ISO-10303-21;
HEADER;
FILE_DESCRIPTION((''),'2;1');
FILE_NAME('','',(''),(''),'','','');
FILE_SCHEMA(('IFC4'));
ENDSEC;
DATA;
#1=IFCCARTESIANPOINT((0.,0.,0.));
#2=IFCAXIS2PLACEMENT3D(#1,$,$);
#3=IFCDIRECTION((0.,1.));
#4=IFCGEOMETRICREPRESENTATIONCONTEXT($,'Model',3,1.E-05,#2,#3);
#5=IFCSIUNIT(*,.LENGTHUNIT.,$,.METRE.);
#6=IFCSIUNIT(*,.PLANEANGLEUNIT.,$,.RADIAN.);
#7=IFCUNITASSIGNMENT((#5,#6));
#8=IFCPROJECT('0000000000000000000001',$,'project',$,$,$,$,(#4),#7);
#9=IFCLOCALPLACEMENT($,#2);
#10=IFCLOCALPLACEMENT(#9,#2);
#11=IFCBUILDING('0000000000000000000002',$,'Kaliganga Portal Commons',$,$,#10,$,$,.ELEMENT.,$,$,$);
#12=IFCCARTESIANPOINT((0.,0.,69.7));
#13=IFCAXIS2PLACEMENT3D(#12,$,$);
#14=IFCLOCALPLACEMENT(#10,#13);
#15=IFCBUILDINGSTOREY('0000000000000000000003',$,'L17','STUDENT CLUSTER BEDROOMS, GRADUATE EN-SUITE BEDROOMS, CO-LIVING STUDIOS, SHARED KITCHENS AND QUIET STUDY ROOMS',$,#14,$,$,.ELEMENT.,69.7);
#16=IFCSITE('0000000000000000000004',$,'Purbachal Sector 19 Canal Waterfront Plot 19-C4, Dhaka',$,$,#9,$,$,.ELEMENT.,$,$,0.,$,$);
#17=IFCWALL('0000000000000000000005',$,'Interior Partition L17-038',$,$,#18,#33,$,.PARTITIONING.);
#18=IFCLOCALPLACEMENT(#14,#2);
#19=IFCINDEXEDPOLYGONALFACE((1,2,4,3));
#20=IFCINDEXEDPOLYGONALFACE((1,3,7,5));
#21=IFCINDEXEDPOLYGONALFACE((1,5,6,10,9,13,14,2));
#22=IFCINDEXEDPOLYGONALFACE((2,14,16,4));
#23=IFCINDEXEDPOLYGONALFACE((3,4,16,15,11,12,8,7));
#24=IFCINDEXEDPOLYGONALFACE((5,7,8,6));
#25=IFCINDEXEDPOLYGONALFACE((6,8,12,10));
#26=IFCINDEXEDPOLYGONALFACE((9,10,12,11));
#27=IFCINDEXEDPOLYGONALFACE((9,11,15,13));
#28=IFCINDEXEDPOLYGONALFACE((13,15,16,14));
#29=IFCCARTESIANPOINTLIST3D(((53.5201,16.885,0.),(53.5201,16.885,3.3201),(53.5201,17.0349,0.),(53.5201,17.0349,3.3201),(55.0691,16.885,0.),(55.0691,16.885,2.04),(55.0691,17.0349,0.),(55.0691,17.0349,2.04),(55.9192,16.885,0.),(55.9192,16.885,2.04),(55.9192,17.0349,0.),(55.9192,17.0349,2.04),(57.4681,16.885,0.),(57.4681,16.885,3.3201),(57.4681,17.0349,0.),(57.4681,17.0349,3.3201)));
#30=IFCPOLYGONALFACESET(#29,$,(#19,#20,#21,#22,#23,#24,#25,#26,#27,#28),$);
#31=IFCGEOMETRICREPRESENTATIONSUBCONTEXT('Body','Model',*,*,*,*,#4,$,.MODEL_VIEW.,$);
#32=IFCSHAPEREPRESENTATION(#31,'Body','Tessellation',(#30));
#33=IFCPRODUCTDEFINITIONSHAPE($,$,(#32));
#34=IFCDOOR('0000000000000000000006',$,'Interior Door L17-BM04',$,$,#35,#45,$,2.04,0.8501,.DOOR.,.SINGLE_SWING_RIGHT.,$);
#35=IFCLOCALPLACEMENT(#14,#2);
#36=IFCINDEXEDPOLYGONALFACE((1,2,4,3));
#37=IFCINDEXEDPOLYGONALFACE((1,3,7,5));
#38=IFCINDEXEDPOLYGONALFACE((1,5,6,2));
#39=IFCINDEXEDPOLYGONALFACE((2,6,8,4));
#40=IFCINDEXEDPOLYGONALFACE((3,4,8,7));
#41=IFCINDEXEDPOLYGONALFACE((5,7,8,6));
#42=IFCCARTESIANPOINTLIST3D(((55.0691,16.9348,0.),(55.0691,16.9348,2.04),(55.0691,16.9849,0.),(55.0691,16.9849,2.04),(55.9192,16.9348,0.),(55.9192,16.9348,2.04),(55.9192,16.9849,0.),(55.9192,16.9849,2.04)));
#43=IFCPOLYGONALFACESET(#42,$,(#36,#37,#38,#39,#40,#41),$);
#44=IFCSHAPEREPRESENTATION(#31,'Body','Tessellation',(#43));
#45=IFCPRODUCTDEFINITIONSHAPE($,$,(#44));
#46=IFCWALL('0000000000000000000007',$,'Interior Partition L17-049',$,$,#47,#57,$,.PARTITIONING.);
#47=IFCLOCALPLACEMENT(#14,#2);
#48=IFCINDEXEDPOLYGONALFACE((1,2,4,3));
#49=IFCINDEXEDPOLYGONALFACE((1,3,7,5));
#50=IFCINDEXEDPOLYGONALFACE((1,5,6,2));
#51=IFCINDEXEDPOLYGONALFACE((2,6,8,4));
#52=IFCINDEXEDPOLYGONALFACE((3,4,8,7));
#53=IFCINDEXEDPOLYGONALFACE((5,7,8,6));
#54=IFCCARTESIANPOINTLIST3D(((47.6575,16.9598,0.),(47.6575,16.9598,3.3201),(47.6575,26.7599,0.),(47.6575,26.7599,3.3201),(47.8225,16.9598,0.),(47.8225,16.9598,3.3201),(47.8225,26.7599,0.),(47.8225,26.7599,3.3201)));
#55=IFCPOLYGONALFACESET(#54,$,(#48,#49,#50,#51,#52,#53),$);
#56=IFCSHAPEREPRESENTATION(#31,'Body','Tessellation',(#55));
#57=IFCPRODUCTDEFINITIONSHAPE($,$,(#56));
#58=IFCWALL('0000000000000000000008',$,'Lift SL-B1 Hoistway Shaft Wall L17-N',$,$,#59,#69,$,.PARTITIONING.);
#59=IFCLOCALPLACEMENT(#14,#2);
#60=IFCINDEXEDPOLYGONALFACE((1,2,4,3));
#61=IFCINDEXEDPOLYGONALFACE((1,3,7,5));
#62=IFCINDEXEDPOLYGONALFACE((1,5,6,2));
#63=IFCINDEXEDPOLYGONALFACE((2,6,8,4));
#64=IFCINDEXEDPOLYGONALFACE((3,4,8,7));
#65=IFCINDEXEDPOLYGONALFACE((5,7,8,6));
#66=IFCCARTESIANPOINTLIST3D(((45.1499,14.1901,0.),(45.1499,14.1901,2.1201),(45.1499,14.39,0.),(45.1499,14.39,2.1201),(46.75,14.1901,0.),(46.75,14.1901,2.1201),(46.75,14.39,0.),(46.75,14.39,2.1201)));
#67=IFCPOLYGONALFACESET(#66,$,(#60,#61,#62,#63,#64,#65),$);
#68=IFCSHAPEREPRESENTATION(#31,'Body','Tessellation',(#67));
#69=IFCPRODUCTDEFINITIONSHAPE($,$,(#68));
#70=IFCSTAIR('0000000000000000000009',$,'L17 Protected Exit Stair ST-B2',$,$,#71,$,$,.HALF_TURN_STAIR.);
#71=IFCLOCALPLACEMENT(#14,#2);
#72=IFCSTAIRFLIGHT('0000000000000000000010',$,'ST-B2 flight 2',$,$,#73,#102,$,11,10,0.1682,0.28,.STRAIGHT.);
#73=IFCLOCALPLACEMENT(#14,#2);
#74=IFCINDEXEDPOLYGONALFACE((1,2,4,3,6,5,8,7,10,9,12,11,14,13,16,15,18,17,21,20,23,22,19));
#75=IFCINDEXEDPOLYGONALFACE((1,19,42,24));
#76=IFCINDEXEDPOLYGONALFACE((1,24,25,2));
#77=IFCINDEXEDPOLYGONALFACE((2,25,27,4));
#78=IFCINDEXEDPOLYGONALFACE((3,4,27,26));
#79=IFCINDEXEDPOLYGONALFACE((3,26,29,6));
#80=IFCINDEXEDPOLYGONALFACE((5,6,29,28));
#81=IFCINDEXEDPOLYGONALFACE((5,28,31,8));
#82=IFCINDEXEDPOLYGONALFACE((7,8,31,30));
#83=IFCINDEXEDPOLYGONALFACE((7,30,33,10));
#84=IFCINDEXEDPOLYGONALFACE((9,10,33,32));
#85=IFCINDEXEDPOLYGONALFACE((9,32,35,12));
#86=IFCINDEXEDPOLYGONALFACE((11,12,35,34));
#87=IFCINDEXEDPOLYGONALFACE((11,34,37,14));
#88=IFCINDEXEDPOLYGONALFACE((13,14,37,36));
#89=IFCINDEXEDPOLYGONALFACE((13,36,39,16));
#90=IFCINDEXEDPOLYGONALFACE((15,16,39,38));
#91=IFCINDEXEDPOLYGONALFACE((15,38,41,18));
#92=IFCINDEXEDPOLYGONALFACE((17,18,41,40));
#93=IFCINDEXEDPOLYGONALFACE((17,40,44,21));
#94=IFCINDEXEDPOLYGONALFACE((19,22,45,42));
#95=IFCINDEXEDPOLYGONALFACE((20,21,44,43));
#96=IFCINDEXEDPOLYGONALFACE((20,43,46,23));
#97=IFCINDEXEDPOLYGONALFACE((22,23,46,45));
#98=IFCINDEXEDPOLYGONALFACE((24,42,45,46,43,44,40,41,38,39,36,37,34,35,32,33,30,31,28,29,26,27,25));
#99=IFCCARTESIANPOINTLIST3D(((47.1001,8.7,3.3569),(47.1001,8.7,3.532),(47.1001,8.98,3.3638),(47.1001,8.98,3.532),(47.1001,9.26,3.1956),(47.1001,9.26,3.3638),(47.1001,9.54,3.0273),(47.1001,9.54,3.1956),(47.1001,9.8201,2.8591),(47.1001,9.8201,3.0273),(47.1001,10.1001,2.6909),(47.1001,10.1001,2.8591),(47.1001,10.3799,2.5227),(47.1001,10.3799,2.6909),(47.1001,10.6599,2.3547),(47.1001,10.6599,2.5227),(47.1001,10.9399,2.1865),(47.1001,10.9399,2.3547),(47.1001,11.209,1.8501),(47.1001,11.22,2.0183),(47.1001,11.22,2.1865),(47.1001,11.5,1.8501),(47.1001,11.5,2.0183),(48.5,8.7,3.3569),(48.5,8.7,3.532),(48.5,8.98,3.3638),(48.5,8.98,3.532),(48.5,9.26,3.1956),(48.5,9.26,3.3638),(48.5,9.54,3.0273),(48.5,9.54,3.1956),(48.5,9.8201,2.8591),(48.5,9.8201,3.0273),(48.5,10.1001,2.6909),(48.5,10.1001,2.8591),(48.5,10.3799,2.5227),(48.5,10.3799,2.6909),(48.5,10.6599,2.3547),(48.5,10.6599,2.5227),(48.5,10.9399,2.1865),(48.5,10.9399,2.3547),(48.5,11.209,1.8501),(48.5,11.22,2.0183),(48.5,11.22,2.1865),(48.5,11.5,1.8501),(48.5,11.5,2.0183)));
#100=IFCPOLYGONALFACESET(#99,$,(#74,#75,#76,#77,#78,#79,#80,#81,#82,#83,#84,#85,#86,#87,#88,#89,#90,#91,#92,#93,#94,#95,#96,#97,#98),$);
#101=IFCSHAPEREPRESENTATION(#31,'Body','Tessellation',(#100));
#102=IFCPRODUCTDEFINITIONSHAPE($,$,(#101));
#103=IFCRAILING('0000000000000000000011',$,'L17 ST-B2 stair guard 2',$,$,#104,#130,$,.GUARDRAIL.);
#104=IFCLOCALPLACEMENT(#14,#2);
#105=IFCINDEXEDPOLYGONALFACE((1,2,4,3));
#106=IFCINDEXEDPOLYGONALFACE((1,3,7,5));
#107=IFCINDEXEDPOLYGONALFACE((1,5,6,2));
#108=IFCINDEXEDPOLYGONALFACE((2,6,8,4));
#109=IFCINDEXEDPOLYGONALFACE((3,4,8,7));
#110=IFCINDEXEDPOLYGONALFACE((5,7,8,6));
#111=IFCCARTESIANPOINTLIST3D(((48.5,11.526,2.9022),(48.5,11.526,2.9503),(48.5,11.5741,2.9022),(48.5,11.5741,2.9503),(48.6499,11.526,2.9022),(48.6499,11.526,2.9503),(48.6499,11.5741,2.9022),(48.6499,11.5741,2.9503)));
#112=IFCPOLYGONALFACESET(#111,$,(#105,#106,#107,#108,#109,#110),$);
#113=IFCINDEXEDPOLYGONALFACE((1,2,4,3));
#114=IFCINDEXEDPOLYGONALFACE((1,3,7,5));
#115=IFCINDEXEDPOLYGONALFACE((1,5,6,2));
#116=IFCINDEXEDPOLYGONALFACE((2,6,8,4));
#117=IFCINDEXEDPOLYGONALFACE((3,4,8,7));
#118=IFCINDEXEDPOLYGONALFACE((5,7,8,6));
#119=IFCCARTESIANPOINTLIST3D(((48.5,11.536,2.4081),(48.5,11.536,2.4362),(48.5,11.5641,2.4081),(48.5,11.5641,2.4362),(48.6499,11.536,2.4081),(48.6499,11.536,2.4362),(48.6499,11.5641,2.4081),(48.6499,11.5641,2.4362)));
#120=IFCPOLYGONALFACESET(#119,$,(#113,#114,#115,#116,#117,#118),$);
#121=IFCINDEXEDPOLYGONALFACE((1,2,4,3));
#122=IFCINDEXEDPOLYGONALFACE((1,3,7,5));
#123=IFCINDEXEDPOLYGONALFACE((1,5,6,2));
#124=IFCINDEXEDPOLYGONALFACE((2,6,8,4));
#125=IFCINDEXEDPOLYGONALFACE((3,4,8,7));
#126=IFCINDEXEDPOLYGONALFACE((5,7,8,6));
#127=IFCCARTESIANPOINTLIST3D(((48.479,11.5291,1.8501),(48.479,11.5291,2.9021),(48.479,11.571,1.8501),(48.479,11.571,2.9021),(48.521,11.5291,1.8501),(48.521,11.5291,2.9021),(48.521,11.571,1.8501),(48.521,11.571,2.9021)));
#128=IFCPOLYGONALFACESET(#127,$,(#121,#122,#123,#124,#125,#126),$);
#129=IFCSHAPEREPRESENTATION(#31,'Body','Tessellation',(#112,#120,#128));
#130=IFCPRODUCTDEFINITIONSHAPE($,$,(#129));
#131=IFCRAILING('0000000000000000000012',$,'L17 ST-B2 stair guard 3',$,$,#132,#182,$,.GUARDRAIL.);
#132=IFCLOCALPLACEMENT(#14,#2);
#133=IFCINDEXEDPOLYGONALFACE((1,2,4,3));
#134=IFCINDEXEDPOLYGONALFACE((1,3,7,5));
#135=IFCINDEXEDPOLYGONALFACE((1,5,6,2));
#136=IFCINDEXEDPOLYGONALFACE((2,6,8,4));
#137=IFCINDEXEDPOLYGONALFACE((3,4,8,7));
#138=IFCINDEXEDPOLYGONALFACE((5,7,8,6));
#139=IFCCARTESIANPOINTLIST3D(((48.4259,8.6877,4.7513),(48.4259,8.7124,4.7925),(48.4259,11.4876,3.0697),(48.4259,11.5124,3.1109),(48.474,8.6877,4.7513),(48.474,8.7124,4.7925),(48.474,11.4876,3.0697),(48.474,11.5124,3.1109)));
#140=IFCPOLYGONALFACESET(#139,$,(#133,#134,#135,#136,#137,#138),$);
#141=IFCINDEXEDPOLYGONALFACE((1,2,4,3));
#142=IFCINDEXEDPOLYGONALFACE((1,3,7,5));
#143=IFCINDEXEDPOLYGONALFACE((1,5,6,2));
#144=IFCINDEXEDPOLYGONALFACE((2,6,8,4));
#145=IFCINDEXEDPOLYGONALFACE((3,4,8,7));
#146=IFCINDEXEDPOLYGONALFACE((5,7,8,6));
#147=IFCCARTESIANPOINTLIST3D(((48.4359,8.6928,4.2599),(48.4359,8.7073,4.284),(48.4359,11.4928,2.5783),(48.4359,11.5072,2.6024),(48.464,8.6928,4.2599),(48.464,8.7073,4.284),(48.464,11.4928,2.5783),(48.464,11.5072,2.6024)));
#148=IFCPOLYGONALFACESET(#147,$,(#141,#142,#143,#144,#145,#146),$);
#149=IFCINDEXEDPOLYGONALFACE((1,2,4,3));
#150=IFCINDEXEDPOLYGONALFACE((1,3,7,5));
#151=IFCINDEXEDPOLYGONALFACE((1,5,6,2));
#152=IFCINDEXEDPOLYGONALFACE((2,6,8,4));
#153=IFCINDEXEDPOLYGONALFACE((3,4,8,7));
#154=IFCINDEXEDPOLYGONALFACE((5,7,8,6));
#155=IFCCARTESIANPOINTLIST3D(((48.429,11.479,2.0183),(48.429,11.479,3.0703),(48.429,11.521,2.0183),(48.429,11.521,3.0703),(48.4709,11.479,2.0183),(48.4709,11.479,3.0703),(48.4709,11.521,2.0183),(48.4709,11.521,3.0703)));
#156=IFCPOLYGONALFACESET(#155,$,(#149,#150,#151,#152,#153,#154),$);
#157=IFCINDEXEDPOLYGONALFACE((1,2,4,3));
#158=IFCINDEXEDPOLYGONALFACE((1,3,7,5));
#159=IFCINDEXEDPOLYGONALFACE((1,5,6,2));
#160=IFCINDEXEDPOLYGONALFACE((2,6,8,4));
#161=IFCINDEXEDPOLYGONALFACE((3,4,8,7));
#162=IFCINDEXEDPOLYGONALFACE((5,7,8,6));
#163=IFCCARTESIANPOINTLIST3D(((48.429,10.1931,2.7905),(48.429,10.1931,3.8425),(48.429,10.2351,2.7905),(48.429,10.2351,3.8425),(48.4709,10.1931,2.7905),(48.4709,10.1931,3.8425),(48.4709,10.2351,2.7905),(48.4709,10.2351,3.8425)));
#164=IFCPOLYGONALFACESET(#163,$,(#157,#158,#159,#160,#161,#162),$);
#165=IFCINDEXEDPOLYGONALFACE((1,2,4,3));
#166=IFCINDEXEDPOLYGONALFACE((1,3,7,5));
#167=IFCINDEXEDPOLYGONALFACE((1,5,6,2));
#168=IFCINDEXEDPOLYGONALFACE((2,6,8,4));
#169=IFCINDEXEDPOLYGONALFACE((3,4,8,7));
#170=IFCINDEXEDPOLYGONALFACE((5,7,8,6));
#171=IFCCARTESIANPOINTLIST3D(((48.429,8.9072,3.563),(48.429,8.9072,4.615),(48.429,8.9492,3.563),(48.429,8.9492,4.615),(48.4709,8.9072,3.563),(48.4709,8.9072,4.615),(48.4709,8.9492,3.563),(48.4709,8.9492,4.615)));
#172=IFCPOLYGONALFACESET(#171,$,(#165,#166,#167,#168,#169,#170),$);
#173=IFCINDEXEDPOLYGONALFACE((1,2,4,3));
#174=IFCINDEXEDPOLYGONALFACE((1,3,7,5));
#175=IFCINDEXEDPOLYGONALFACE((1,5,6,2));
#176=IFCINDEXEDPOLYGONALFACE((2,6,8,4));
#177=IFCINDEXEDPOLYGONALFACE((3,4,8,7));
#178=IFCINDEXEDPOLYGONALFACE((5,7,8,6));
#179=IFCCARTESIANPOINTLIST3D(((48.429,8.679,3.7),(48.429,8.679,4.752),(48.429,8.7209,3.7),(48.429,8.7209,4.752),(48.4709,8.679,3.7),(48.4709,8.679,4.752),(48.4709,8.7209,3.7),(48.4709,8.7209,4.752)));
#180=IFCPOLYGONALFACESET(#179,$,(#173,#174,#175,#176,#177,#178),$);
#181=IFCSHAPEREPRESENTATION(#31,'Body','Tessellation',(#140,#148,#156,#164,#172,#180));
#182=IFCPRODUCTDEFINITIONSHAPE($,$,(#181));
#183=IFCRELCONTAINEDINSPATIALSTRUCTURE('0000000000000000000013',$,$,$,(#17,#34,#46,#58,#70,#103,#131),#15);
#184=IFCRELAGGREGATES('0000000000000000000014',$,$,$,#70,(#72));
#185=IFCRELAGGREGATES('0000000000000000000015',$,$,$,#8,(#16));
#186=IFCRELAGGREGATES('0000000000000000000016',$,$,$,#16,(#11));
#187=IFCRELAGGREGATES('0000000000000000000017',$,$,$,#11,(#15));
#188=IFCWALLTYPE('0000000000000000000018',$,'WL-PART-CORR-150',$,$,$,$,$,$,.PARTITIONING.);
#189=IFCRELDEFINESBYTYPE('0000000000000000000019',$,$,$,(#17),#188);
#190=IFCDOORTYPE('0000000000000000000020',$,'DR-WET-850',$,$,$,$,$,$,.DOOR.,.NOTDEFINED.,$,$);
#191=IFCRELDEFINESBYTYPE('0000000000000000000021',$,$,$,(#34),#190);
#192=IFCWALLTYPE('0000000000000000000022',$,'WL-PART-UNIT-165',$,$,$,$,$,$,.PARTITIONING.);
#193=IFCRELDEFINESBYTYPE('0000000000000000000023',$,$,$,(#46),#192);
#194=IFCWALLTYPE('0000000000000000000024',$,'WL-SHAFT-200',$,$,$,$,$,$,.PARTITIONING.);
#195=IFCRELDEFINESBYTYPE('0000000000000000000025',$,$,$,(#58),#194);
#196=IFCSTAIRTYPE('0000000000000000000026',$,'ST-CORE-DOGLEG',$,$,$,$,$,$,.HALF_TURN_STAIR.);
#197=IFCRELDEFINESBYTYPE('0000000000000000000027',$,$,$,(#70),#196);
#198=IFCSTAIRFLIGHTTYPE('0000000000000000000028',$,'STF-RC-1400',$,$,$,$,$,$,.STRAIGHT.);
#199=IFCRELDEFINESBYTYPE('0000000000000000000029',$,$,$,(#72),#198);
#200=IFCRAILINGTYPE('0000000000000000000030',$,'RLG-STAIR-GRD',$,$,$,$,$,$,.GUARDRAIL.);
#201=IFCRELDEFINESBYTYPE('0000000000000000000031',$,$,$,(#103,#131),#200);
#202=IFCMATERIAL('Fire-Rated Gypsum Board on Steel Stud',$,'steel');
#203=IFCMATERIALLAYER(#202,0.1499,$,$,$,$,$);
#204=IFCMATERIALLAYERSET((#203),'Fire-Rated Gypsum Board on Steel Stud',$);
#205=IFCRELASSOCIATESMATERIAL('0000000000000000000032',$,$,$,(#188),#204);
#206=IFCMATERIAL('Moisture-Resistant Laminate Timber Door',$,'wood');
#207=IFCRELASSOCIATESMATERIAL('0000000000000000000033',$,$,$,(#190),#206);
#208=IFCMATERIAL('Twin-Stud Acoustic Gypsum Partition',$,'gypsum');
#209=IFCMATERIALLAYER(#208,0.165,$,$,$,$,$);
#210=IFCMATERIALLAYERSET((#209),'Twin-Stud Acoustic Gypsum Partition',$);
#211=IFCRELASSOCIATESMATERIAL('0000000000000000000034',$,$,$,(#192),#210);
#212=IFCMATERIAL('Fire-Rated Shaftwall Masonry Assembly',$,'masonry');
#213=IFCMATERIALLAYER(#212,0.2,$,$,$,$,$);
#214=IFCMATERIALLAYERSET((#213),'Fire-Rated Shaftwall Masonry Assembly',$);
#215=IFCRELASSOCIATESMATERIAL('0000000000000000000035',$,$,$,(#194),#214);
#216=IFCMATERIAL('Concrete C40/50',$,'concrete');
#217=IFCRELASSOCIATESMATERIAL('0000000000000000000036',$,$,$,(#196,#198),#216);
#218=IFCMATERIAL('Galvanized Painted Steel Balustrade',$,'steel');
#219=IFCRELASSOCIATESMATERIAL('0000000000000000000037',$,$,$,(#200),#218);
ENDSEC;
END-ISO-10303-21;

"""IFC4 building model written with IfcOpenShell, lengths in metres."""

from ifc_helpers import new_model, si_unit, direction, frame, frame_2d, origin, origin_2d, place, context, subcontext, project, spatial, polyline, rectangle, outline, extrude, material, layer, layer_set, type_object, element, fill, aggregate, save


model = new_model("IFC4")

# Units and contexts
model_context = context("Model", 3, precision=1e-05, world=origin(), true_north=direction((0.0, 1.0)))
body_context = subcontext(model_context, "Body", "Model", "MODEL_VIEW")
ifc_project = project(units=[si_unit("LENGTHUNIT", "METRE"), si_unit("PLANEANGLEUNIT", "RADIAN")], contexts=[model_context])

# Site, building, storey
site_placement = place(None, origin())
site = spatial("IfcSite", under=ifc_project, at=site_placement, Name="Purbachal Sector 19 Canal Waterfront Plot 19-C4, Dhaka", CompositionType="ELEMENT", RefElevation=0.0)
building_placement = place(site_placement, origin())
building = spatial("IfcBuilding", under=site, at=building_placement, Name="Kaliganga Portal Commons", CompositionType="ELEMENT")
storey_placement = place(building_placement, frame((0.0, 0.0, 69.7)))
storey = spatial("IfcBuildingStorey", under=building, at=storey_placement, Name="L17", Description="STUDENT CLUSTER BEDROOMS, GRADUATE EN-SUITE BEDROOMS, CO-LIVING STUDIOS, SHARED KITCHENS AND QUIET STUDY ROOMS", CompositionType="ELEMENT", Elevation=69.7)

# Shared definitions
ifc_material_1 = material(Name="Fire-Rated Gypsum Board on Steel Stud", Category="steel")
ifc_layer_1 = layer(ifc_material_1, 0.1499)
ifc_layer_set_1 = layer_set([ifc_layer_1], Name="Fire-Rated Gypsum Board on Steel Stud")
wall_type_1 = type_object("IfcWallType", Name="WL-PART-CORR-150", PredefinedType="PARTITIONING", material=ifc_layer_set_1)

# Wall, opening, door
wall_1_placement = place(storey_placement, frame((53.52, 16.96, 0.0), z_axis=(0.0, 0.0, 1.0), x_axis=(1.0, 0.0, 0.0)))
wall_1 = element("IfcWall", 1, at=wall_1_placement, inside=storey, type_object=wall_type_1, Name="Interior Partition L17-038", PredefinedType="PARTITIONING", context=body_context, shape_type="SweptSolid", body=[
    extrude(rectangle(XDim=3.948, YDim=0.1499, at=frame_2d((1.9741, 0.0))), origin(), (0.0, 0.0, 1.0), 3.3201),
])
opening_1_placement = place(wall_1_placement, frame((1.5491, 0.0, 0.0)))
opening_1 = element("IfcOpeningElement", 2, at=opening_1_placement, cuts=wall_1, PredefinedType="OPENING", context=body_context, shape_type="SweptSolid", body=[
    extrude(rectangle(XDim=0.8501, YDim=2.04, at=frame_2d((0.425, 1.02))), frame((0.0, 0.085, 0.0), z_axis=(0.0, -1.0, 0.0), x_axis=(1.0, 0.0, 0.0)), (0.0, 0.0, 1.0), 0.1699),
])
ifc_material_2 = material(Name="Moisture-Resistant Laminate Timber Door", Category="wood")
door_type_1 = type_object("IfcDoorType", Name="DR-WET-850", OperationType="NOTDEFINED", PredefinedType="DOOR", material=ifc_material_2)
door_1_placement = place(opening_1_placement, origin())
door_1 = element("IfcDoor", 3, at=door_1_placement, inside=storey, type_object=door_type_1, Name="Interior Door L17-BM04", OperationType="SINGLE_SWING_RIGHT", OverallHeight=2.04, OverallWidth=0.8501, PredefinedType="DOOR", context=body_context, shape_type="SweptSolid", body=[
    extrude(rectangle(XDim=0.8501, YDim=2.04, at=frame_2d((0.425, 1.02))), frame((0.0, 0.0249, 0.0), z_axis=(0.0, -1.0, 0.0), x_axis=(1.0, 0.0, 0.0)), (0.0, 0.0, 1.0), 0.05),
])
fill(opening_1, door_1)

# Walls
ifc_material_3 = material(Name="Twin-Stud Acoustic Gypsum Partition", Category="gypsum")
ifc_layer_2 = layer(ifc_material_3, 0.165)
ifc_layer_set_2 = layer_set([ifc_layer_2], Name="Twin-Stud Acoustic Gypsum Partition")
wall_type_2 = type_object("IfcWallType", Name="WL-PART-UNIT-165", PredefinedType="PARTITIONING", material=ifc_layer_set_2)
wall_2_placement = place(storey_placement, frame((47.74, 16.96, 0.0), z_axis=(0.0, 0.0, 1.0), x_axis=(0.0, 1.0, 0.0)))
element("IfcWall", 4, at=wall_2_placement, inside=storey, type_object=wall_type_2, Name="Interior Partition L17-049", PredefinedType="PARTITIONING", context=body_context, shape_type="SweptSolid", body=[
    extrude(rectangle(XDim=9.8, YDim=0.165, at=frame_2d((4.8999, 0.0))), origin(), (0.0, 0.0, 1.0), 3.3201),
])
ifc_material_4 = material(Name="Fire-Rated Shaftwall Masonry Assembly", Category="masonry")
ifc_layer_3 = layer(ifc_material_4, 0.2)
ifc_layer_set_3 = layer_set([ifc_layer_3], Name="Fire-Rated Shaftwall Masonry Assembly")
wall_type_3 = type_object("IfcWallType", Name="WL-SHAFT-200", PredefinedType="PARTITIONING", material=ifc_layer_set_3)
wall_3_placement = place(storey_placement, frame((45.1499, 14.29, 0.0), z_axis=(0.0, 0.0, 1.0), x_axis=(1.0, 0.0, 0.0)))
element("IfcWall", 5, at=wall_3_placement, inside=storey, type_object=wall_type_3, Name="Lift SL-B1 Hoistway Shaft Wall L17-N", PredefinedType="PARTITIONING", context=body_context, shape_type="SweptSolid", body=[
    extrude(rectangle(XDim=1.6001, YDim=0.2, at=frame_2d((0.8, 0.0))), origin(), (0.0, 0.0, 1.0), 2.1201),
])

# Stair, stair flight
ifc_material_5 = material(Name="Concrete C40/50", Category="concrete")
stair_type = type_object("IfcStairType", Name="ST-CORE-DOGLEG", PredefinedType="HALF_TURN_STAIR", material=ifc_material_5)
stair_placement = place(storey_placement, origin())
stair = element("IfcStair", 6, at=stair_placement, inside=storey, type_object=stair_type, Name="L17 Protected Exit Stair ST-B2", PredefinedType="HALF_TURN_STAIR")
stair_flight_type = type_object("IfcStairFlightType", Name="STF-RC-1400", PredefinedType="STRAIGHT", material=ifc_material_5)
stair_flight_placement = place(storey_placement, frame((47.8, 11.5, 1.8501), z_axis=(0.0, 0.0, 1.0), x_axis=(0.0, -1.0, 0.0)))
stair_flight = element("IfcStairFlight", 7, at=stair_flight_placement, type_object=stair_flight_type, Name="ST-B2 flight 2", NumberOfRisers=11, NumberOfTreads=10, PredefinedType="STRAIGHT", RiserHeight=0.1682, TreadLength=0.28, context=body_context, shape_type="SweptSolid", body=[
    extrude(outline(polyline([(0.0, 0.0), (0.0, 0.1682), (0.28, 0.1682), (0.28, 0.3364), (0.5601, 0.3364), (0.5601, 0.5046), (0.8401, 0.5046), (0.8401, 0.6726), (1.1201, 0.6726), (1.1201, 0.8408), (1.3999, 0.8408), (1.3999, 1.009), (1.6799, 1.009), (1.6799, 1.1772), (1.96, 1.1772), (1.96, 1.3455), (2.24, 1.3455), (2.24, 1.5137), (2.52, 1.5137), (2.52, 1.6819), (2.8, 1.6819), (2.8, 1.8501), (2.8, 1.5068), (0.291, 0.0), (0.0, 0.0)])), frame((0.0, 0.7, 0.0), z_axis=(0.0, -1.0, 0.0), x_axis=(1.0, 0.0, 0.0)), (0.0, 0.0, 1.0), 1.3999),
])
aggregate(stair, [stair_flight])

# Railings
ifc_material_6 = material(Name="Galvanized Painted Steel Balustrade", Category="steel")
railing_type_1 = type_object("IfcRailingType", Name="RLG-STAIR-GRD", PredefinedType="GUARDRAIL", material=ifc_material_6)
railing_1_placement = place(storey_placement, frame((48.6499, 11.55, 1.8501)))
element("IfcRailing", 8, at=railing_1_placement, inside=storey, type_object=railing_type_1, Name="L17 ST-B2 stair guard 2", PredefinedType="GUARDRAIL", context=body_context, shape_type="SweptSolid", body=[
    extrude(rectangle(XDim=0.0481, YDim=0.0481, at=origin_2d()), frame((0.0, 0.0, 1.0762), z_axis=(-1.0, 0.0, 0.0), x_axis=(0.0, -1.0, 0.0)), (0.0, 0.0, 1.0), 0.1499),
    extrude(rectangle(XDim=0.0281, YDim=0.0281, at=origin_2d()), frame((0.0, 0.0, 0.572), z_axis=(-1.0, 0.0, 0.0), x_axis=(0.0, -1.0, 0.0)), (0.0, 0.0, 1.0), 0.1499),
    extrude(rectangle(XDim=0.042, YDim=0.042, at=origin_2d()), frame((-0.1499, 0.0, 0.0)), (0.0, 0.0, 1.0), 1.052),
])
railing_2_placement = place(storey_placement, frame((48.45, 11.5, 2.0183)))
element("IfcRailing", 9, at=railing_2_placement, inside=storey, type_object=railing_type_1, Name="L17 ST-B2 stair guard 3", PredefinedType="GUARDRAIL", context=body_context, shape_type="SweptSolid", body=[
    extrude(rectangle(XDim=0.0481, YDim=0.0481, at=origin_2d()), frame((0.0, 0.0, 1.072), z_axis=(0.0, -0.857275, 0.514858), x_axis=(1.0, 0.0, 0.0)), (0.0, 0.0, 1.0), 3.2661),
    extrude(rectangle(XDim=0.0281, YDim=0.0281, at=origin_2d()), frame((0.0, 0.0, 0.572), z_axis=(0.0, -0.857275, 0.514858), x_axis=(1.0, 0.0, 0.0)), (0.0, 0.0, 1.0), 3.2661),
    extrude(rectangle(XDim=0.042, YDim=0.042, at=origin_2d()), origin(), (0.0, 0.0, 1.0), 1.052),
    extrude(rectangle(XDim=0.042, YDim=0.042, at=origin_2d()), frame((0.0, -1.2859, 0.7722)), (0.0, 0.0, 1.0), 1.052),
    extrude(rectangle(XDim=0.042, YDim=0.042, at=origin_2d()), frame((0.0, -2.5718, 1.5447)), (0.0, 0.0, 1.0), 1.052),
    extrude(rectangle(XDim=0.042, YDim=0.042, at=origin_2d()), frame((0.0, -2.8, 1.6816)), (0.0, 0.0, 1.0), 1.052),
])

save(model, "model.ifc")
